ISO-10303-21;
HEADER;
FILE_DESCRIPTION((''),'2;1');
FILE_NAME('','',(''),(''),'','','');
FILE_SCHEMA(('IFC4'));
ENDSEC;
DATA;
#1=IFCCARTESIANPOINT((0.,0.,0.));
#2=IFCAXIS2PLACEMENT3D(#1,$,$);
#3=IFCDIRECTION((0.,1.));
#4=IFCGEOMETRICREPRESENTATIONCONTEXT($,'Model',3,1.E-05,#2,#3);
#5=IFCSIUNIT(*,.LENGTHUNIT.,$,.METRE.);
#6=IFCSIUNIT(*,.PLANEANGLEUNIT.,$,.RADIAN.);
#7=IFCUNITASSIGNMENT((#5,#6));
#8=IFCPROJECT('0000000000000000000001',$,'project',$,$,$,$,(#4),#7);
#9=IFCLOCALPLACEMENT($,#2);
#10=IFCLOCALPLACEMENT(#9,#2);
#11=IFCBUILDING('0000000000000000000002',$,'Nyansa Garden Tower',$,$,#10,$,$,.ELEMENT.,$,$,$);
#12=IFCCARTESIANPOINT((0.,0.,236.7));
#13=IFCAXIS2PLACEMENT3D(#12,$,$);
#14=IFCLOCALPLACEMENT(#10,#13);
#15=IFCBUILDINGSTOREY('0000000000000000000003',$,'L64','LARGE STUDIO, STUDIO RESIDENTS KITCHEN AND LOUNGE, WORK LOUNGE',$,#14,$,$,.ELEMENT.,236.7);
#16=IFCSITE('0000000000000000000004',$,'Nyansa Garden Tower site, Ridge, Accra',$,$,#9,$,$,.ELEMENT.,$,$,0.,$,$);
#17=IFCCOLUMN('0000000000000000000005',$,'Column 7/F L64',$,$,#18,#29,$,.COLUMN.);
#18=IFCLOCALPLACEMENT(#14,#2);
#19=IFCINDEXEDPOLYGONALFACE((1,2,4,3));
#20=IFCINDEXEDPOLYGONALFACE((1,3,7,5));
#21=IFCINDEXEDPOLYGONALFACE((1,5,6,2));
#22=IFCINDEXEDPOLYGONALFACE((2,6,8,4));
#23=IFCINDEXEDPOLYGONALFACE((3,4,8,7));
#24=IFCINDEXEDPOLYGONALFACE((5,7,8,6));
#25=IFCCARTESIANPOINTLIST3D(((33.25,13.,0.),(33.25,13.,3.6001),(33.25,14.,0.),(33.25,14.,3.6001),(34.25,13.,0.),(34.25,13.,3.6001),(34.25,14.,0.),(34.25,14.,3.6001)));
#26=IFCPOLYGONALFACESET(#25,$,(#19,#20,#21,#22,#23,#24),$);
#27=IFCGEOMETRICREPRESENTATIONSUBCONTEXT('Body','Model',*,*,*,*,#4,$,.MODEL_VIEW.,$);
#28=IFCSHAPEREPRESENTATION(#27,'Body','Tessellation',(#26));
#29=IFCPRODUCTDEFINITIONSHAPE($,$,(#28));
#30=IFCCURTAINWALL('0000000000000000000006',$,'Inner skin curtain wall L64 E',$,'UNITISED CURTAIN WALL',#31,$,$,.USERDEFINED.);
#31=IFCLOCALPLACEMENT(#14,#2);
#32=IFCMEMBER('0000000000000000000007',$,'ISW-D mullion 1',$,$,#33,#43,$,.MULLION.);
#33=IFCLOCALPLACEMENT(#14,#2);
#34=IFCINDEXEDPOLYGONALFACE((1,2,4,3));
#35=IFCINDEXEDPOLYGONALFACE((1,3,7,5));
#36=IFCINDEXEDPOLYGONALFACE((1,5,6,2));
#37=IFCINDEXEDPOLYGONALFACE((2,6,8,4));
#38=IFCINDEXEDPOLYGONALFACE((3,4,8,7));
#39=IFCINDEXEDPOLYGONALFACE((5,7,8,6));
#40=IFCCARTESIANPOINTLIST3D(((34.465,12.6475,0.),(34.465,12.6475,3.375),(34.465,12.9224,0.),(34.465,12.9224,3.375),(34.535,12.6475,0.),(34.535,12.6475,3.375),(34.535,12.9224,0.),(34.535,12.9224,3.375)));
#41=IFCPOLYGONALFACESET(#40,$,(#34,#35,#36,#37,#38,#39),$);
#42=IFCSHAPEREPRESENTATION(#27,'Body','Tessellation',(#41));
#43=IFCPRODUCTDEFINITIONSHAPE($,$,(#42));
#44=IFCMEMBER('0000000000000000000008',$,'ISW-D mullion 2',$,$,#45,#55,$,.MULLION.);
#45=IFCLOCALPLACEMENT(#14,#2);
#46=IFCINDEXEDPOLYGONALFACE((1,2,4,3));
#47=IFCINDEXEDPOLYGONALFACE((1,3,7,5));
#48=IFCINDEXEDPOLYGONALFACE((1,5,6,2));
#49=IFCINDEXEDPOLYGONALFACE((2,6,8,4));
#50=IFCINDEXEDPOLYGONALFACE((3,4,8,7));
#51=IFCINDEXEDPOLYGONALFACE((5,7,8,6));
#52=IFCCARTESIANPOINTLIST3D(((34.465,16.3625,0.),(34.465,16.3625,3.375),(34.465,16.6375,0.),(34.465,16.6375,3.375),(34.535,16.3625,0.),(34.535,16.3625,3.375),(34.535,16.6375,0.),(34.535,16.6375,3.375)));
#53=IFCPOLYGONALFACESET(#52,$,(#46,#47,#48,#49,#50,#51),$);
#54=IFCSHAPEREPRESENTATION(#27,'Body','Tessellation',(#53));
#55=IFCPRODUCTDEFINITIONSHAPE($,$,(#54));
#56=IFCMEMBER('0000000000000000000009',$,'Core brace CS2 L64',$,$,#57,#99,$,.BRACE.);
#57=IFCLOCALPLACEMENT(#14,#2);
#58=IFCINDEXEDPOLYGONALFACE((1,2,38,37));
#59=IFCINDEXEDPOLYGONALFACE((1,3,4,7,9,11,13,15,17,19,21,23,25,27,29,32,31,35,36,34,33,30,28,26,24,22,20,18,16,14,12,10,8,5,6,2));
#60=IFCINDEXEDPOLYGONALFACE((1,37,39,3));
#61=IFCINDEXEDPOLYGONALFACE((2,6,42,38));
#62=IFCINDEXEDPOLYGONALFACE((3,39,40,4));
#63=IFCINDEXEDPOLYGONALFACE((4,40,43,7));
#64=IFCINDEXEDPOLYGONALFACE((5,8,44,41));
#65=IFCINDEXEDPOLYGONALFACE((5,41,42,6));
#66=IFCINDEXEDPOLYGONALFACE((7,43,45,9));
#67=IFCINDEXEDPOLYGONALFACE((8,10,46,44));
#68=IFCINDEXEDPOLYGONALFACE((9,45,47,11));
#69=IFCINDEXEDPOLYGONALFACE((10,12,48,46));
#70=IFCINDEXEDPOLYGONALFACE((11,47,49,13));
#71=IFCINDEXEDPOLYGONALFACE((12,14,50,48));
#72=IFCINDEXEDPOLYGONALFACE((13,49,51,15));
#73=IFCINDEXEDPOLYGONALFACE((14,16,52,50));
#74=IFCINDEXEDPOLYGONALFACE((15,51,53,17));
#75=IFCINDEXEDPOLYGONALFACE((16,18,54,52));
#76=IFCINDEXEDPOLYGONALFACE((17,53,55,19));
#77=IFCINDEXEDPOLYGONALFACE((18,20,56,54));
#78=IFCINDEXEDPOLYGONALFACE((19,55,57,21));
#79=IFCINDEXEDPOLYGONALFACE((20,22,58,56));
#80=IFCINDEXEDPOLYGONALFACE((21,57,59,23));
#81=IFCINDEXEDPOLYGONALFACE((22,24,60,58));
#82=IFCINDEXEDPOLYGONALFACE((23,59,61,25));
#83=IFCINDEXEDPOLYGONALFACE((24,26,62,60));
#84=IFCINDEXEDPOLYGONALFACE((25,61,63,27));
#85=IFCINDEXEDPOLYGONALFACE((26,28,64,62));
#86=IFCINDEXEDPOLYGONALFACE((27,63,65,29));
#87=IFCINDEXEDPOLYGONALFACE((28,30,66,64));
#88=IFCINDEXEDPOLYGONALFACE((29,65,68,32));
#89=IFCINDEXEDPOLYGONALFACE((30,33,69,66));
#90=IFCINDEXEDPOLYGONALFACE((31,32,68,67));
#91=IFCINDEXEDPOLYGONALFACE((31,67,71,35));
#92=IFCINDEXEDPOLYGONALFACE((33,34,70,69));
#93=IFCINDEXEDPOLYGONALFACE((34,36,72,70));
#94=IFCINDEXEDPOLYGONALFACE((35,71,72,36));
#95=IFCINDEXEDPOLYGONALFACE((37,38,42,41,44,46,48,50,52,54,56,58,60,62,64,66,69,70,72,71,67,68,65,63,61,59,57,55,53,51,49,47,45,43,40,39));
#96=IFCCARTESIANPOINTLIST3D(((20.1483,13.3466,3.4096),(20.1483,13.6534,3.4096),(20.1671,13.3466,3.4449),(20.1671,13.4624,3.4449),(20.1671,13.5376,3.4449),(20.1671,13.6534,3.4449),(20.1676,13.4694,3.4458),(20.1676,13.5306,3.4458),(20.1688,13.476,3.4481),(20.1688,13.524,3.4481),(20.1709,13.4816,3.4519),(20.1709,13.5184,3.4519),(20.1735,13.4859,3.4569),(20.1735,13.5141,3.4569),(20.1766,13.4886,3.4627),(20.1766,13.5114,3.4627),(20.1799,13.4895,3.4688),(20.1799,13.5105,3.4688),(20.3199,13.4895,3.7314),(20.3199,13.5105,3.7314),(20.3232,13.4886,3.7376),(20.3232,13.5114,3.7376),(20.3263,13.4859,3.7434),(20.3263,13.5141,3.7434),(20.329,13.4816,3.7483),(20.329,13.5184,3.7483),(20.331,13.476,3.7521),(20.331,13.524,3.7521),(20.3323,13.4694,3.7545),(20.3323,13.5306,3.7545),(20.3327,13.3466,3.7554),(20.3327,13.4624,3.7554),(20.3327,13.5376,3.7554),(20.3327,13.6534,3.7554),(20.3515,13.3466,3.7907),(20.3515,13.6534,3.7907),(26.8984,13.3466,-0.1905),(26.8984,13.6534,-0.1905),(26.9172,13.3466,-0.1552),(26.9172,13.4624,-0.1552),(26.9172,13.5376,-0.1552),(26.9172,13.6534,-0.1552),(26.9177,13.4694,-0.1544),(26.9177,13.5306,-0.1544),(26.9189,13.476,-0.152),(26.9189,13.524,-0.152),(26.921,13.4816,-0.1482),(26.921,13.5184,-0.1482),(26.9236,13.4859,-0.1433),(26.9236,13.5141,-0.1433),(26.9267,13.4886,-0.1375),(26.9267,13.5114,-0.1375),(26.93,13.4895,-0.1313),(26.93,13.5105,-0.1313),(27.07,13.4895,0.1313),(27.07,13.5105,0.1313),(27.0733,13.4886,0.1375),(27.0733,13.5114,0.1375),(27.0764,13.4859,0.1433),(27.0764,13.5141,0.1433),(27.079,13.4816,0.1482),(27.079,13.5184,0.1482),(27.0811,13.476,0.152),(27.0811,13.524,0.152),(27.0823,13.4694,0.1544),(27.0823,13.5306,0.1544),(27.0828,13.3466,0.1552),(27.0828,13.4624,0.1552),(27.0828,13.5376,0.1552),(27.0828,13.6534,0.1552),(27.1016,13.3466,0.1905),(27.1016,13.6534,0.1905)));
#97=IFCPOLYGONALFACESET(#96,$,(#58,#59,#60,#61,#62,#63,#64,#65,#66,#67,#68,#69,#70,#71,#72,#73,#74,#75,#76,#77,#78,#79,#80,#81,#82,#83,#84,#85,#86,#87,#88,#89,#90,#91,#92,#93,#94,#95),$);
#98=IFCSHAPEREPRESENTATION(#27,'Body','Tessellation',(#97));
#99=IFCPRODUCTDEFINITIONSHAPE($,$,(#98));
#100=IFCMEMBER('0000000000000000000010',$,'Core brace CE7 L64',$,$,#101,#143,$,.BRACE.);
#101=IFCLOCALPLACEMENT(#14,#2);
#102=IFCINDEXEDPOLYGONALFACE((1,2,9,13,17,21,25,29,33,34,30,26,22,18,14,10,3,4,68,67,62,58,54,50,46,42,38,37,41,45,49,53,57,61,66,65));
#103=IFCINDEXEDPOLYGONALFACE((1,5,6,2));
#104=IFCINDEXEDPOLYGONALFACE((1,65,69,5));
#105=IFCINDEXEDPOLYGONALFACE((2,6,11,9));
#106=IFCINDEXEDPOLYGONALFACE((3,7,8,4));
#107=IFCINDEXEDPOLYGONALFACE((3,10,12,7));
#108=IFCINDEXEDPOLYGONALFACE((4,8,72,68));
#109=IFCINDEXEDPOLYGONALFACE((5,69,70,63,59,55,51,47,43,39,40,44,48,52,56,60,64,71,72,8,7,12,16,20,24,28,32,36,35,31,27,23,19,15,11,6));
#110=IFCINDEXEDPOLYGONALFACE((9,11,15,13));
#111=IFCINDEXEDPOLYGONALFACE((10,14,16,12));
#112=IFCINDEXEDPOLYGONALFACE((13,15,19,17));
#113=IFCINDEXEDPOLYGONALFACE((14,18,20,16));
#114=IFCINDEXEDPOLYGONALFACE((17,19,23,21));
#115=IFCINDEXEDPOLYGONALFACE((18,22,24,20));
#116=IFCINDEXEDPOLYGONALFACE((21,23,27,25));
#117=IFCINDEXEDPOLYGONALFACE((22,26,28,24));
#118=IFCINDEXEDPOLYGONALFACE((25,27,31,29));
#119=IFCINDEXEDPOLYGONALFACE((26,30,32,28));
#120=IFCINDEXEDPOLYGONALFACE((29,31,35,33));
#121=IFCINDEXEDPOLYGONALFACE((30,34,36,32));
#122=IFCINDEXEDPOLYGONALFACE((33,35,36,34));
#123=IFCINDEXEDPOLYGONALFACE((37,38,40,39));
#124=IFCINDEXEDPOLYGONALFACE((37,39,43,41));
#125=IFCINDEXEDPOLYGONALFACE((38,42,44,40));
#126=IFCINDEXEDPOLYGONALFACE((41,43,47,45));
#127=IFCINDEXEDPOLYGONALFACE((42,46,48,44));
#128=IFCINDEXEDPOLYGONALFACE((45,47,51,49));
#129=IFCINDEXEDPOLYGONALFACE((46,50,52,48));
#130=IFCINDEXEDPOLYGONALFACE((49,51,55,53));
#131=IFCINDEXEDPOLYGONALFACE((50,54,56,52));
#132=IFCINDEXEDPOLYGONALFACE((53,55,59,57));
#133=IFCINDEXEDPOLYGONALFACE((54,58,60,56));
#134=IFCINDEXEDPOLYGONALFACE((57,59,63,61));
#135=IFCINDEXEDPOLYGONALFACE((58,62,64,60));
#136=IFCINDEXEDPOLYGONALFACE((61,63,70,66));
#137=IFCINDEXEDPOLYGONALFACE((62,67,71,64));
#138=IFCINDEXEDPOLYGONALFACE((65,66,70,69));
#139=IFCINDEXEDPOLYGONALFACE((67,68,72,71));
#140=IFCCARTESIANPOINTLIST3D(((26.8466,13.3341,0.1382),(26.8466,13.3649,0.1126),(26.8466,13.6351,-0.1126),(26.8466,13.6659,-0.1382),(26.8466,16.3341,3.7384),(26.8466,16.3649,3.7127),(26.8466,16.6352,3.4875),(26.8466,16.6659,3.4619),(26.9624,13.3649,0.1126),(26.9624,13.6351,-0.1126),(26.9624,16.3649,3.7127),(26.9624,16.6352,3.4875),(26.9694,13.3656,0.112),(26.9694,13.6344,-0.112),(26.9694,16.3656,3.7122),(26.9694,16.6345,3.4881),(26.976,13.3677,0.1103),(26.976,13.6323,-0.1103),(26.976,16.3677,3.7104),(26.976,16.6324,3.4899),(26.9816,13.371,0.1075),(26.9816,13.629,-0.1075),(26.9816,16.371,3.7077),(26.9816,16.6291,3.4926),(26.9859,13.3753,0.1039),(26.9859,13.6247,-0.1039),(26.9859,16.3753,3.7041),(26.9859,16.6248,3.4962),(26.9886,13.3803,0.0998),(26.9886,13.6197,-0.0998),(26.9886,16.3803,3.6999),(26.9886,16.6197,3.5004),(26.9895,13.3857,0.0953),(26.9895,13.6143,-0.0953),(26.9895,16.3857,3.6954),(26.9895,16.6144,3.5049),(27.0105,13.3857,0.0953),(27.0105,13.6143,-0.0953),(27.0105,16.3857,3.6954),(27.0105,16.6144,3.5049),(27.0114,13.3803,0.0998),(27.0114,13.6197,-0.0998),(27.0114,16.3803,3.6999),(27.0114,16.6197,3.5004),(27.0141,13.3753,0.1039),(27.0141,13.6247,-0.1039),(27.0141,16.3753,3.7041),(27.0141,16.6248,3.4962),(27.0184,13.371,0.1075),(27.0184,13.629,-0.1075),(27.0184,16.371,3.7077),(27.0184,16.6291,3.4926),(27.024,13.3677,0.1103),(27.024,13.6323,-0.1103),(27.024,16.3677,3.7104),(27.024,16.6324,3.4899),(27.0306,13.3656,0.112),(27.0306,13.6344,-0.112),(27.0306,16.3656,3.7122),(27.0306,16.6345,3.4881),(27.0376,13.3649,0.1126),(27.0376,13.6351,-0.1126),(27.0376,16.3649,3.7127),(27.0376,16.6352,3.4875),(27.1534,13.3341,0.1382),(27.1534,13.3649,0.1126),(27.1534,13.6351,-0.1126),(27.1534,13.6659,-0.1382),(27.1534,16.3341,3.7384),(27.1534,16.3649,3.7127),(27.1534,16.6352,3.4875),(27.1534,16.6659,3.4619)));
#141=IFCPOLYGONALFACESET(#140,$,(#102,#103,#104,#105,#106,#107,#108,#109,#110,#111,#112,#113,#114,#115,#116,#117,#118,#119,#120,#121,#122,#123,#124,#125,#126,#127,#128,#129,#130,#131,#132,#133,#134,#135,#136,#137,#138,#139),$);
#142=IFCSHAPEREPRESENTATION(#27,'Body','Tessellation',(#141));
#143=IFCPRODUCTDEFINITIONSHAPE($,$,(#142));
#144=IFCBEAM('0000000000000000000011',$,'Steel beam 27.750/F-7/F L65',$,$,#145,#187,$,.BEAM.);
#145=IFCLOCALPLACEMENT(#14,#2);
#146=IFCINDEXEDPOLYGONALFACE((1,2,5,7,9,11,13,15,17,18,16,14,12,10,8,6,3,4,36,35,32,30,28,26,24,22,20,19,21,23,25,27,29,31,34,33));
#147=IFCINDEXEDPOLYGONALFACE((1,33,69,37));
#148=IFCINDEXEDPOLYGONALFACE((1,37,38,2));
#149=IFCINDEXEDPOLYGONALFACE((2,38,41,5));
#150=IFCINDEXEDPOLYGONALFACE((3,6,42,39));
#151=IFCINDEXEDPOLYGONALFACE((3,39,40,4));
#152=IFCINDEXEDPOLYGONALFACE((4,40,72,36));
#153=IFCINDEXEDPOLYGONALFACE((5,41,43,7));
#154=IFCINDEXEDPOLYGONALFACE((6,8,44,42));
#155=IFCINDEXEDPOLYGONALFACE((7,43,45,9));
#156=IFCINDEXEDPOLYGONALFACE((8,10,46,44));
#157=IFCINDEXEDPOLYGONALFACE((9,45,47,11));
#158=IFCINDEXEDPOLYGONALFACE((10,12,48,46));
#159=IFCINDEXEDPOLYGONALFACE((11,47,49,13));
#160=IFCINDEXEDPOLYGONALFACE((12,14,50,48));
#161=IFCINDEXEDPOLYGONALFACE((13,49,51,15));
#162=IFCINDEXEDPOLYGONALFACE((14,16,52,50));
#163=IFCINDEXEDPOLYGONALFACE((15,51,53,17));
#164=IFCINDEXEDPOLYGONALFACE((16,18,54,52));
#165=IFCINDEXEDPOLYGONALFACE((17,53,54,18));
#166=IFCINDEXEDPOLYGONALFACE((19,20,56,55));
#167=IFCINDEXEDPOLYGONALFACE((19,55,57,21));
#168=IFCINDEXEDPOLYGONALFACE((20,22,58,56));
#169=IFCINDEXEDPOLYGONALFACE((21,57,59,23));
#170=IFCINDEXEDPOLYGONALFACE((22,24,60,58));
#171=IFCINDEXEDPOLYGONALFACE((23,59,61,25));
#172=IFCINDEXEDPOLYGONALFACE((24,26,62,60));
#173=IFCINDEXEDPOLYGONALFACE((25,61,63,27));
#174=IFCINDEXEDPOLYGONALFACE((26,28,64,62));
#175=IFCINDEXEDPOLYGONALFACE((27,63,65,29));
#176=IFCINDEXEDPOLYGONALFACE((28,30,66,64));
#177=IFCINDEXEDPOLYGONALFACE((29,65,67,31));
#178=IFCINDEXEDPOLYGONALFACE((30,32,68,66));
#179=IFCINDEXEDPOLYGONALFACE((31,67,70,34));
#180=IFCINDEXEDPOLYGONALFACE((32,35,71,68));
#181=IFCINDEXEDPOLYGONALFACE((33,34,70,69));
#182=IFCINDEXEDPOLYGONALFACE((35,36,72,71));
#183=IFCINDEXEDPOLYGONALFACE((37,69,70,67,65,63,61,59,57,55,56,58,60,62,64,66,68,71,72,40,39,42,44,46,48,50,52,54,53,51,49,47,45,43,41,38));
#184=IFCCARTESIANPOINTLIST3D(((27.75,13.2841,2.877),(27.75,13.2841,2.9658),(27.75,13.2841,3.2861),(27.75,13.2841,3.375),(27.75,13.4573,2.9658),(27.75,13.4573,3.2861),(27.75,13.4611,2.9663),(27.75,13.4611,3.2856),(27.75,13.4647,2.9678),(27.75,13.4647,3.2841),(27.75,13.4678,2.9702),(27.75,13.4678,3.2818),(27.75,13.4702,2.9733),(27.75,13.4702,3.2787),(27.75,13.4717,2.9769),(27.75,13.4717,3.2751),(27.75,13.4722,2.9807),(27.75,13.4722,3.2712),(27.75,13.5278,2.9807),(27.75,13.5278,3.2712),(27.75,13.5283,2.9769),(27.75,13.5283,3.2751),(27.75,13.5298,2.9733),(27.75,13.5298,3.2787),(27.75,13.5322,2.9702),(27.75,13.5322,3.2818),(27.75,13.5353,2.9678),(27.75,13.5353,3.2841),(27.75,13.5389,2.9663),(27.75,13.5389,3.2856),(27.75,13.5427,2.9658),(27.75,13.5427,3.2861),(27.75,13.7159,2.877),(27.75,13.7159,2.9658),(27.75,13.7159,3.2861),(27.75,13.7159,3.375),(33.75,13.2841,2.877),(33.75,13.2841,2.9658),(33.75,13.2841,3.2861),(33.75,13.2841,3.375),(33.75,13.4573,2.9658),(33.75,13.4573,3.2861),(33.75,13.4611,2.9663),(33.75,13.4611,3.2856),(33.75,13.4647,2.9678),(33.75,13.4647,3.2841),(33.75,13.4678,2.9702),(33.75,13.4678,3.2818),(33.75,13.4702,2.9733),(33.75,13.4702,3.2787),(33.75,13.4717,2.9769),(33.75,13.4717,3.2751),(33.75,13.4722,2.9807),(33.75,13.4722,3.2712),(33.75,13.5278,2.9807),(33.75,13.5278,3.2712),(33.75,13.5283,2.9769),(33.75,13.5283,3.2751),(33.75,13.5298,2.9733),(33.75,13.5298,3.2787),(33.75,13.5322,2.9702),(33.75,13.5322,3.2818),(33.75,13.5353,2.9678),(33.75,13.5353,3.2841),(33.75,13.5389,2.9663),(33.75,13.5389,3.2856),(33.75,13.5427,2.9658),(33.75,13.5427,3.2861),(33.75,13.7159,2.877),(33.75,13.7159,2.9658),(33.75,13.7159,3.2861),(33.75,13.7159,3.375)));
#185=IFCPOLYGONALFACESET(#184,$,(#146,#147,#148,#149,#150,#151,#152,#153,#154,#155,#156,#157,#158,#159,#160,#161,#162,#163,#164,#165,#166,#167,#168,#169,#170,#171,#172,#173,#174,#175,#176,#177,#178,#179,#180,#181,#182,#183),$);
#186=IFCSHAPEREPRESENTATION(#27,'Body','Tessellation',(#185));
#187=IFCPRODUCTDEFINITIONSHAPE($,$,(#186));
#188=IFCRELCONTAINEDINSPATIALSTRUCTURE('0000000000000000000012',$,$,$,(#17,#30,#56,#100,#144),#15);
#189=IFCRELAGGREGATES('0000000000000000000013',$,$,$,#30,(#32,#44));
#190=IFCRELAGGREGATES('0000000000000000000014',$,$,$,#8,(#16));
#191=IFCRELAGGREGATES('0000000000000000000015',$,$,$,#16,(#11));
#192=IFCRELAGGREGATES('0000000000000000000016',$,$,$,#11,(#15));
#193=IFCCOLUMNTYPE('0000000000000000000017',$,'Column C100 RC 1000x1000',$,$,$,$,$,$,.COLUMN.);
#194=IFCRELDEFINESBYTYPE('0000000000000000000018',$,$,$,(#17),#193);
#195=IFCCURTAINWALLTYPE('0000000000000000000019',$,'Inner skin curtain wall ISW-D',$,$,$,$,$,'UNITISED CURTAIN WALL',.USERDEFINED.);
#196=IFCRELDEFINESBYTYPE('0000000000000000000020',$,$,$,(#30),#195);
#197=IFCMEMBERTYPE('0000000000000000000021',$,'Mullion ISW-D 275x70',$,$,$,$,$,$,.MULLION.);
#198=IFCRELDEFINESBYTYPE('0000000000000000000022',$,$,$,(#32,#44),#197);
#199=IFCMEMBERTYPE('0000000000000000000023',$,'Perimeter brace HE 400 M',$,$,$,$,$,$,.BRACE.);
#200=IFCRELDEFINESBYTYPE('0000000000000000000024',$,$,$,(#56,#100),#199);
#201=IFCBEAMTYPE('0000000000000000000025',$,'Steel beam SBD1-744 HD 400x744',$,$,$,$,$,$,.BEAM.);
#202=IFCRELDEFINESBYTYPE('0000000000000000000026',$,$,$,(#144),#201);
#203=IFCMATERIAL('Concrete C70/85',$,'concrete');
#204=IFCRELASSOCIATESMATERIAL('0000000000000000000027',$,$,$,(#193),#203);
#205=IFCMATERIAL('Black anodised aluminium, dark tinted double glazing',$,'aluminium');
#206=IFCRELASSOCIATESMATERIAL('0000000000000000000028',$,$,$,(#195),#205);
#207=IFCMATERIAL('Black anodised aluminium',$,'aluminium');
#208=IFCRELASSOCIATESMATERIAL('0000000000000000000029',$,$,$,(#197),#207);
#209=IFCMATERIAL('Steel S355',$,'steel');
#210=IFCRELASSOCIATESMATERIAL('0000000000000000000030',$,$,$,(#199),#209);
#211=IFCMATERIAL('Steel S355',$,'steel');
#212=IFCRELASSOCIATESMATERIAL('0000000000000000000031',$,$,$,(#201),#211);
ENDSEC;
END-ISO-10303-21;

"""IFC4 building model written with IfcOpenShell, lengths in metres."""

from ifc_helpers import new_model, si_unit, direction, frame, origin, origin_2d, place, context, subcontext, project, spatial, rectangle, i_section, extrude, material, material_profile, profile_set, type_object, element, aggregate, save


model = new_model("IFC4")

# Units and contexts
model_context = context("Model", 3, precision=1e-05, world=origin(), true_north=direction((0.0, 1.0)))
body_context = subcontext(model_context, "Body", "Model", "MODEL_VIEW")
ifc_project = project(units=[si_unit("LENGTHUNIT", "METRE"), si_unit("PLANEANGLEUNIT", "RADIAN")], contexts=[model_context])

# Site, building, storey
site_placement = place(None, origin())
site = spatial("IfcSite", under=ifc_project, at=site_placement, Name="Nyansa Garden Tower site, Ridge, Accra", CompositionType="ELEMENT", RefElevation=0.0)
building_placement = place(site_placement, origin())
building = spatial("IfcBuilding", under=site, at=building_placement, Name="Nyansa Garden Tower", CompositionType="ELEMENT")
storey_placement = place(building_placement, frame((0.0, 0.0, 236.7)))
storey = spatial("IfcBuildingStorey", under=building, at=storey_placement, Name="L64", Description="LARGE STUDIO, STUDIO RESIDENTS KITCHEN AND LOUNGE, WORK LOUNGE", CompositionType="ELEMENT", Elevation=236.7)

# Column
ifc_material_1 = material(Name="Concrete C70/85", Category="concrete")
ifc_material_profile_1 = material_profile(ifc_material_1, rectangle(XDim=1.0, YDim=1.0, at=origin_2d()), Name="RC 1000x1000")
ifc_profile_set_1 = profile_set([ifc_material_profile_1], Name="Concrete C70/85")
column_type = type_object("IfcColumnType", Name="Column C100 RC 1000x1000", PredefinedType="COLUMN", material=ifc_profile_set_1)
column_placement = place(storey_placement, frame((33.75, 13.5, 0.0), z_axis=(0.0, 0.0, 1.0), x_axis=(1.0, 0.0, 0.0)))
element("IfcColumn", 1, at=column_placement, inside=storey, type_object=column_type, Name="Column 7/F L64", PredefinedType="COLUMN", context=body_context, shape_type="SweptSolid", body=[
    extrude(rectangle(XDim=1.0, YDim=1.0, at=origin_2d()), origin(), (0.0, 0.0, 1.0), 3.6001),
])

# Curtain wall, members
ifc_material_2 = material(Name="Black anodised aluminium, dark tinted double glazing", Category="aluminium")
curtain_wall_type = type_object("IfcCurtainWallType", Name="Inner skin curtain wall ISW-D", ElementType="UNITISED CURTAIN WALL", PredefinedType="USERDEFINED", material=ifc_material_2)
curtain_wall_placement = place(storey_placement, origin())
curtain_wall = element("IfcCurtainWall", 2, at=curtain_wall_placement, inside=storey, type_object=curtain_wall_type, Name="Inner skin curtain wall L64 E", ObjectType="UNITISED CURTAIN WALL", PredefinedType="USERDEFINED")
ifc_material_3 = material(Name="Black anodised aluminium", Category="aluminium")
ifc_material_profile_2 = material_profile(ifc_material_3, rectangle(XDim=0.0701, YDim=0.2749, at=origin_2d()), Name="Mullion 275x70")
ifc_profile_set_2 = profile_set([ifc_material_profile_2], Name="Black anodised aluminium")
member_type_1 = type_object("IfcMemberType", Name="Mullion ISW-D 275x70", PredefinedType="MULLION", material=ifc_profile_set_2)
member_1_placement = place(storey_placement, frame((34.5, 12.7849, 0.0), z_axis=(0.0, 0.0, 1.0), x_axis=(-1.0, 0.0, 0.0)))
member_1 = element("IfcMember", 3, at=member_1_placement, type_object=member_type_1, Name="ISW-D mullion 1", PredefinedType="MULLION", context=body_context, shape_type="SweptSolid", body=[
    extrude(rectangle(XDim=0.0701, YDim=0.2749, at=origin_2d()), origin(), (0.0, 0.0, 1.0), 3.375),
])
member_2_placement = place(storey_placement, frame((34.5, 16.5, 0.0), z_axis=(0.0, 0.0, 1.0), x_axis=(-1.0, 0.0, 0.0)))
member_2 = element("IfcMember", 4, at=member_2_placement, type_object=member_type_1, Name="ISW-D mullion 2", PredefinedType="MULLION", context=body_context, shape_type="SweptSolid", body=[
    extrude(rectangle(XDim=0.0701, YDim=0.2749, at=origin_2d()), origin(), (0.0, 0.0, 1.0), 3.375),
])

# Members
ifc_material_4 = material(Name="Steel S355", Category="steel")
ifc_material_profile_3 = material_profile(ifc_material_4, i_section(OverallWidth=0.3069, OverallDepth=0.4319, WebThickness=0.021, FlangeThickness=0.04, FilletRadius=0.0271, at=origin_2d()), Name="HE 400 M")
ifc_profile_set_3 = profile_set([ifc_material_profile_3], Name="Steel S355")
member_type_2 = type_object("IfcMemberType", Name="Perimeter brace HE 400 M", PredefinedType="BRACE", material=ifc_profile_set_3)
member_3_placement = place(storey_placement, frame((27.0, 13.5, 0.0), z_axis=(-0.882348, 0.0, 0.470598), x_axis=(0.0, -1.0, 0.0)))
element("IfcMember", 5, at=member_3_placement, inside=storey, type_object=member_type_2, Name="Core brace CS2 L64", PredefinedType="BRACE", context=body_context, shape_type="SweptSolid", body=[
    extrude(i_section(OverallWidth=0.3069, OverallDepth=0.4319, WebThickness=0.021, FlangeThickness=0.04, FilletRadius=0.0271, at=origin_2d()), origin(), (0.0, 0.0, 1.0), 7.6501),
])
member_4_placement = place(storey_placement, frame((27.0, 13.5, 0.0), z_axis=(0.0, 0.640174, 0.76823), x_axis=(-1.0, 0.0, 0.0)))
element("IfcMember", 6, at=member_4_placement, inside=storey, type_object=member_type_2, Name="Core brace CE7 L64", PredefinedType="BRACE", context=body_context, shape_type="SweptSolid", body=[
    extrude(i_section(OverallWidth=0.3069, OverallDepth=0.4319, WebThickness=0.021, FlangeThickness=0.04, FilletRadius=0.0271, at=origin_2d()), origin(), (0.0, 0.0, 1.0), 4.6863),
])

# Beam
ifc_material_5 = material(Name="Steel S355", Category="steel")
ifc_material_profile_4 = material_profile(ifc_material_5, i_section(OverallWidth=0.4319, OverallDepth=0.498, WebThickness=0.0557, FlangeThickness=0.0889, FilletRadius=0.0149, at=origin_2d()), Name="HD 400x744")
ifc_profile_set_4 = profile_set([ifc_material_profile_4], Name="Steel S355")
beam_type_1 = type_object("IfcBeamType", Name="Steel beam SBD1-744 HD 400x744", PredefinedType="BEAM", material=ifc_profile_set_4)
beam_1_placement = place(storey_placement, frame((27.75, 13.5, 3.126), z_axis=(1.0, 0.0, 0.0), x_axis=(0.0, 1.0, 0.0)))
element("IfcBeam", 7, at=beam_1_placement, inside=storey, type_object=beam_type_1, Name="Steel beam 27.750/F-7/F L65", PredefinedType="BEAM", context=body_context, shape_type="SweptSolid", body=[
    extrude(i_section(OverallWidth=0.4319, OverallDepth=0.498, WebThickness=0.0557, FlangeThickness=0.0889, FilletRadius=0.0149, at=origin_2d()), origin(), (0.0, 0.0, 1.0), 6.0),
])

aggregate(curtain_wall, [member_1, member_2])

save(model, "model.ifc")
